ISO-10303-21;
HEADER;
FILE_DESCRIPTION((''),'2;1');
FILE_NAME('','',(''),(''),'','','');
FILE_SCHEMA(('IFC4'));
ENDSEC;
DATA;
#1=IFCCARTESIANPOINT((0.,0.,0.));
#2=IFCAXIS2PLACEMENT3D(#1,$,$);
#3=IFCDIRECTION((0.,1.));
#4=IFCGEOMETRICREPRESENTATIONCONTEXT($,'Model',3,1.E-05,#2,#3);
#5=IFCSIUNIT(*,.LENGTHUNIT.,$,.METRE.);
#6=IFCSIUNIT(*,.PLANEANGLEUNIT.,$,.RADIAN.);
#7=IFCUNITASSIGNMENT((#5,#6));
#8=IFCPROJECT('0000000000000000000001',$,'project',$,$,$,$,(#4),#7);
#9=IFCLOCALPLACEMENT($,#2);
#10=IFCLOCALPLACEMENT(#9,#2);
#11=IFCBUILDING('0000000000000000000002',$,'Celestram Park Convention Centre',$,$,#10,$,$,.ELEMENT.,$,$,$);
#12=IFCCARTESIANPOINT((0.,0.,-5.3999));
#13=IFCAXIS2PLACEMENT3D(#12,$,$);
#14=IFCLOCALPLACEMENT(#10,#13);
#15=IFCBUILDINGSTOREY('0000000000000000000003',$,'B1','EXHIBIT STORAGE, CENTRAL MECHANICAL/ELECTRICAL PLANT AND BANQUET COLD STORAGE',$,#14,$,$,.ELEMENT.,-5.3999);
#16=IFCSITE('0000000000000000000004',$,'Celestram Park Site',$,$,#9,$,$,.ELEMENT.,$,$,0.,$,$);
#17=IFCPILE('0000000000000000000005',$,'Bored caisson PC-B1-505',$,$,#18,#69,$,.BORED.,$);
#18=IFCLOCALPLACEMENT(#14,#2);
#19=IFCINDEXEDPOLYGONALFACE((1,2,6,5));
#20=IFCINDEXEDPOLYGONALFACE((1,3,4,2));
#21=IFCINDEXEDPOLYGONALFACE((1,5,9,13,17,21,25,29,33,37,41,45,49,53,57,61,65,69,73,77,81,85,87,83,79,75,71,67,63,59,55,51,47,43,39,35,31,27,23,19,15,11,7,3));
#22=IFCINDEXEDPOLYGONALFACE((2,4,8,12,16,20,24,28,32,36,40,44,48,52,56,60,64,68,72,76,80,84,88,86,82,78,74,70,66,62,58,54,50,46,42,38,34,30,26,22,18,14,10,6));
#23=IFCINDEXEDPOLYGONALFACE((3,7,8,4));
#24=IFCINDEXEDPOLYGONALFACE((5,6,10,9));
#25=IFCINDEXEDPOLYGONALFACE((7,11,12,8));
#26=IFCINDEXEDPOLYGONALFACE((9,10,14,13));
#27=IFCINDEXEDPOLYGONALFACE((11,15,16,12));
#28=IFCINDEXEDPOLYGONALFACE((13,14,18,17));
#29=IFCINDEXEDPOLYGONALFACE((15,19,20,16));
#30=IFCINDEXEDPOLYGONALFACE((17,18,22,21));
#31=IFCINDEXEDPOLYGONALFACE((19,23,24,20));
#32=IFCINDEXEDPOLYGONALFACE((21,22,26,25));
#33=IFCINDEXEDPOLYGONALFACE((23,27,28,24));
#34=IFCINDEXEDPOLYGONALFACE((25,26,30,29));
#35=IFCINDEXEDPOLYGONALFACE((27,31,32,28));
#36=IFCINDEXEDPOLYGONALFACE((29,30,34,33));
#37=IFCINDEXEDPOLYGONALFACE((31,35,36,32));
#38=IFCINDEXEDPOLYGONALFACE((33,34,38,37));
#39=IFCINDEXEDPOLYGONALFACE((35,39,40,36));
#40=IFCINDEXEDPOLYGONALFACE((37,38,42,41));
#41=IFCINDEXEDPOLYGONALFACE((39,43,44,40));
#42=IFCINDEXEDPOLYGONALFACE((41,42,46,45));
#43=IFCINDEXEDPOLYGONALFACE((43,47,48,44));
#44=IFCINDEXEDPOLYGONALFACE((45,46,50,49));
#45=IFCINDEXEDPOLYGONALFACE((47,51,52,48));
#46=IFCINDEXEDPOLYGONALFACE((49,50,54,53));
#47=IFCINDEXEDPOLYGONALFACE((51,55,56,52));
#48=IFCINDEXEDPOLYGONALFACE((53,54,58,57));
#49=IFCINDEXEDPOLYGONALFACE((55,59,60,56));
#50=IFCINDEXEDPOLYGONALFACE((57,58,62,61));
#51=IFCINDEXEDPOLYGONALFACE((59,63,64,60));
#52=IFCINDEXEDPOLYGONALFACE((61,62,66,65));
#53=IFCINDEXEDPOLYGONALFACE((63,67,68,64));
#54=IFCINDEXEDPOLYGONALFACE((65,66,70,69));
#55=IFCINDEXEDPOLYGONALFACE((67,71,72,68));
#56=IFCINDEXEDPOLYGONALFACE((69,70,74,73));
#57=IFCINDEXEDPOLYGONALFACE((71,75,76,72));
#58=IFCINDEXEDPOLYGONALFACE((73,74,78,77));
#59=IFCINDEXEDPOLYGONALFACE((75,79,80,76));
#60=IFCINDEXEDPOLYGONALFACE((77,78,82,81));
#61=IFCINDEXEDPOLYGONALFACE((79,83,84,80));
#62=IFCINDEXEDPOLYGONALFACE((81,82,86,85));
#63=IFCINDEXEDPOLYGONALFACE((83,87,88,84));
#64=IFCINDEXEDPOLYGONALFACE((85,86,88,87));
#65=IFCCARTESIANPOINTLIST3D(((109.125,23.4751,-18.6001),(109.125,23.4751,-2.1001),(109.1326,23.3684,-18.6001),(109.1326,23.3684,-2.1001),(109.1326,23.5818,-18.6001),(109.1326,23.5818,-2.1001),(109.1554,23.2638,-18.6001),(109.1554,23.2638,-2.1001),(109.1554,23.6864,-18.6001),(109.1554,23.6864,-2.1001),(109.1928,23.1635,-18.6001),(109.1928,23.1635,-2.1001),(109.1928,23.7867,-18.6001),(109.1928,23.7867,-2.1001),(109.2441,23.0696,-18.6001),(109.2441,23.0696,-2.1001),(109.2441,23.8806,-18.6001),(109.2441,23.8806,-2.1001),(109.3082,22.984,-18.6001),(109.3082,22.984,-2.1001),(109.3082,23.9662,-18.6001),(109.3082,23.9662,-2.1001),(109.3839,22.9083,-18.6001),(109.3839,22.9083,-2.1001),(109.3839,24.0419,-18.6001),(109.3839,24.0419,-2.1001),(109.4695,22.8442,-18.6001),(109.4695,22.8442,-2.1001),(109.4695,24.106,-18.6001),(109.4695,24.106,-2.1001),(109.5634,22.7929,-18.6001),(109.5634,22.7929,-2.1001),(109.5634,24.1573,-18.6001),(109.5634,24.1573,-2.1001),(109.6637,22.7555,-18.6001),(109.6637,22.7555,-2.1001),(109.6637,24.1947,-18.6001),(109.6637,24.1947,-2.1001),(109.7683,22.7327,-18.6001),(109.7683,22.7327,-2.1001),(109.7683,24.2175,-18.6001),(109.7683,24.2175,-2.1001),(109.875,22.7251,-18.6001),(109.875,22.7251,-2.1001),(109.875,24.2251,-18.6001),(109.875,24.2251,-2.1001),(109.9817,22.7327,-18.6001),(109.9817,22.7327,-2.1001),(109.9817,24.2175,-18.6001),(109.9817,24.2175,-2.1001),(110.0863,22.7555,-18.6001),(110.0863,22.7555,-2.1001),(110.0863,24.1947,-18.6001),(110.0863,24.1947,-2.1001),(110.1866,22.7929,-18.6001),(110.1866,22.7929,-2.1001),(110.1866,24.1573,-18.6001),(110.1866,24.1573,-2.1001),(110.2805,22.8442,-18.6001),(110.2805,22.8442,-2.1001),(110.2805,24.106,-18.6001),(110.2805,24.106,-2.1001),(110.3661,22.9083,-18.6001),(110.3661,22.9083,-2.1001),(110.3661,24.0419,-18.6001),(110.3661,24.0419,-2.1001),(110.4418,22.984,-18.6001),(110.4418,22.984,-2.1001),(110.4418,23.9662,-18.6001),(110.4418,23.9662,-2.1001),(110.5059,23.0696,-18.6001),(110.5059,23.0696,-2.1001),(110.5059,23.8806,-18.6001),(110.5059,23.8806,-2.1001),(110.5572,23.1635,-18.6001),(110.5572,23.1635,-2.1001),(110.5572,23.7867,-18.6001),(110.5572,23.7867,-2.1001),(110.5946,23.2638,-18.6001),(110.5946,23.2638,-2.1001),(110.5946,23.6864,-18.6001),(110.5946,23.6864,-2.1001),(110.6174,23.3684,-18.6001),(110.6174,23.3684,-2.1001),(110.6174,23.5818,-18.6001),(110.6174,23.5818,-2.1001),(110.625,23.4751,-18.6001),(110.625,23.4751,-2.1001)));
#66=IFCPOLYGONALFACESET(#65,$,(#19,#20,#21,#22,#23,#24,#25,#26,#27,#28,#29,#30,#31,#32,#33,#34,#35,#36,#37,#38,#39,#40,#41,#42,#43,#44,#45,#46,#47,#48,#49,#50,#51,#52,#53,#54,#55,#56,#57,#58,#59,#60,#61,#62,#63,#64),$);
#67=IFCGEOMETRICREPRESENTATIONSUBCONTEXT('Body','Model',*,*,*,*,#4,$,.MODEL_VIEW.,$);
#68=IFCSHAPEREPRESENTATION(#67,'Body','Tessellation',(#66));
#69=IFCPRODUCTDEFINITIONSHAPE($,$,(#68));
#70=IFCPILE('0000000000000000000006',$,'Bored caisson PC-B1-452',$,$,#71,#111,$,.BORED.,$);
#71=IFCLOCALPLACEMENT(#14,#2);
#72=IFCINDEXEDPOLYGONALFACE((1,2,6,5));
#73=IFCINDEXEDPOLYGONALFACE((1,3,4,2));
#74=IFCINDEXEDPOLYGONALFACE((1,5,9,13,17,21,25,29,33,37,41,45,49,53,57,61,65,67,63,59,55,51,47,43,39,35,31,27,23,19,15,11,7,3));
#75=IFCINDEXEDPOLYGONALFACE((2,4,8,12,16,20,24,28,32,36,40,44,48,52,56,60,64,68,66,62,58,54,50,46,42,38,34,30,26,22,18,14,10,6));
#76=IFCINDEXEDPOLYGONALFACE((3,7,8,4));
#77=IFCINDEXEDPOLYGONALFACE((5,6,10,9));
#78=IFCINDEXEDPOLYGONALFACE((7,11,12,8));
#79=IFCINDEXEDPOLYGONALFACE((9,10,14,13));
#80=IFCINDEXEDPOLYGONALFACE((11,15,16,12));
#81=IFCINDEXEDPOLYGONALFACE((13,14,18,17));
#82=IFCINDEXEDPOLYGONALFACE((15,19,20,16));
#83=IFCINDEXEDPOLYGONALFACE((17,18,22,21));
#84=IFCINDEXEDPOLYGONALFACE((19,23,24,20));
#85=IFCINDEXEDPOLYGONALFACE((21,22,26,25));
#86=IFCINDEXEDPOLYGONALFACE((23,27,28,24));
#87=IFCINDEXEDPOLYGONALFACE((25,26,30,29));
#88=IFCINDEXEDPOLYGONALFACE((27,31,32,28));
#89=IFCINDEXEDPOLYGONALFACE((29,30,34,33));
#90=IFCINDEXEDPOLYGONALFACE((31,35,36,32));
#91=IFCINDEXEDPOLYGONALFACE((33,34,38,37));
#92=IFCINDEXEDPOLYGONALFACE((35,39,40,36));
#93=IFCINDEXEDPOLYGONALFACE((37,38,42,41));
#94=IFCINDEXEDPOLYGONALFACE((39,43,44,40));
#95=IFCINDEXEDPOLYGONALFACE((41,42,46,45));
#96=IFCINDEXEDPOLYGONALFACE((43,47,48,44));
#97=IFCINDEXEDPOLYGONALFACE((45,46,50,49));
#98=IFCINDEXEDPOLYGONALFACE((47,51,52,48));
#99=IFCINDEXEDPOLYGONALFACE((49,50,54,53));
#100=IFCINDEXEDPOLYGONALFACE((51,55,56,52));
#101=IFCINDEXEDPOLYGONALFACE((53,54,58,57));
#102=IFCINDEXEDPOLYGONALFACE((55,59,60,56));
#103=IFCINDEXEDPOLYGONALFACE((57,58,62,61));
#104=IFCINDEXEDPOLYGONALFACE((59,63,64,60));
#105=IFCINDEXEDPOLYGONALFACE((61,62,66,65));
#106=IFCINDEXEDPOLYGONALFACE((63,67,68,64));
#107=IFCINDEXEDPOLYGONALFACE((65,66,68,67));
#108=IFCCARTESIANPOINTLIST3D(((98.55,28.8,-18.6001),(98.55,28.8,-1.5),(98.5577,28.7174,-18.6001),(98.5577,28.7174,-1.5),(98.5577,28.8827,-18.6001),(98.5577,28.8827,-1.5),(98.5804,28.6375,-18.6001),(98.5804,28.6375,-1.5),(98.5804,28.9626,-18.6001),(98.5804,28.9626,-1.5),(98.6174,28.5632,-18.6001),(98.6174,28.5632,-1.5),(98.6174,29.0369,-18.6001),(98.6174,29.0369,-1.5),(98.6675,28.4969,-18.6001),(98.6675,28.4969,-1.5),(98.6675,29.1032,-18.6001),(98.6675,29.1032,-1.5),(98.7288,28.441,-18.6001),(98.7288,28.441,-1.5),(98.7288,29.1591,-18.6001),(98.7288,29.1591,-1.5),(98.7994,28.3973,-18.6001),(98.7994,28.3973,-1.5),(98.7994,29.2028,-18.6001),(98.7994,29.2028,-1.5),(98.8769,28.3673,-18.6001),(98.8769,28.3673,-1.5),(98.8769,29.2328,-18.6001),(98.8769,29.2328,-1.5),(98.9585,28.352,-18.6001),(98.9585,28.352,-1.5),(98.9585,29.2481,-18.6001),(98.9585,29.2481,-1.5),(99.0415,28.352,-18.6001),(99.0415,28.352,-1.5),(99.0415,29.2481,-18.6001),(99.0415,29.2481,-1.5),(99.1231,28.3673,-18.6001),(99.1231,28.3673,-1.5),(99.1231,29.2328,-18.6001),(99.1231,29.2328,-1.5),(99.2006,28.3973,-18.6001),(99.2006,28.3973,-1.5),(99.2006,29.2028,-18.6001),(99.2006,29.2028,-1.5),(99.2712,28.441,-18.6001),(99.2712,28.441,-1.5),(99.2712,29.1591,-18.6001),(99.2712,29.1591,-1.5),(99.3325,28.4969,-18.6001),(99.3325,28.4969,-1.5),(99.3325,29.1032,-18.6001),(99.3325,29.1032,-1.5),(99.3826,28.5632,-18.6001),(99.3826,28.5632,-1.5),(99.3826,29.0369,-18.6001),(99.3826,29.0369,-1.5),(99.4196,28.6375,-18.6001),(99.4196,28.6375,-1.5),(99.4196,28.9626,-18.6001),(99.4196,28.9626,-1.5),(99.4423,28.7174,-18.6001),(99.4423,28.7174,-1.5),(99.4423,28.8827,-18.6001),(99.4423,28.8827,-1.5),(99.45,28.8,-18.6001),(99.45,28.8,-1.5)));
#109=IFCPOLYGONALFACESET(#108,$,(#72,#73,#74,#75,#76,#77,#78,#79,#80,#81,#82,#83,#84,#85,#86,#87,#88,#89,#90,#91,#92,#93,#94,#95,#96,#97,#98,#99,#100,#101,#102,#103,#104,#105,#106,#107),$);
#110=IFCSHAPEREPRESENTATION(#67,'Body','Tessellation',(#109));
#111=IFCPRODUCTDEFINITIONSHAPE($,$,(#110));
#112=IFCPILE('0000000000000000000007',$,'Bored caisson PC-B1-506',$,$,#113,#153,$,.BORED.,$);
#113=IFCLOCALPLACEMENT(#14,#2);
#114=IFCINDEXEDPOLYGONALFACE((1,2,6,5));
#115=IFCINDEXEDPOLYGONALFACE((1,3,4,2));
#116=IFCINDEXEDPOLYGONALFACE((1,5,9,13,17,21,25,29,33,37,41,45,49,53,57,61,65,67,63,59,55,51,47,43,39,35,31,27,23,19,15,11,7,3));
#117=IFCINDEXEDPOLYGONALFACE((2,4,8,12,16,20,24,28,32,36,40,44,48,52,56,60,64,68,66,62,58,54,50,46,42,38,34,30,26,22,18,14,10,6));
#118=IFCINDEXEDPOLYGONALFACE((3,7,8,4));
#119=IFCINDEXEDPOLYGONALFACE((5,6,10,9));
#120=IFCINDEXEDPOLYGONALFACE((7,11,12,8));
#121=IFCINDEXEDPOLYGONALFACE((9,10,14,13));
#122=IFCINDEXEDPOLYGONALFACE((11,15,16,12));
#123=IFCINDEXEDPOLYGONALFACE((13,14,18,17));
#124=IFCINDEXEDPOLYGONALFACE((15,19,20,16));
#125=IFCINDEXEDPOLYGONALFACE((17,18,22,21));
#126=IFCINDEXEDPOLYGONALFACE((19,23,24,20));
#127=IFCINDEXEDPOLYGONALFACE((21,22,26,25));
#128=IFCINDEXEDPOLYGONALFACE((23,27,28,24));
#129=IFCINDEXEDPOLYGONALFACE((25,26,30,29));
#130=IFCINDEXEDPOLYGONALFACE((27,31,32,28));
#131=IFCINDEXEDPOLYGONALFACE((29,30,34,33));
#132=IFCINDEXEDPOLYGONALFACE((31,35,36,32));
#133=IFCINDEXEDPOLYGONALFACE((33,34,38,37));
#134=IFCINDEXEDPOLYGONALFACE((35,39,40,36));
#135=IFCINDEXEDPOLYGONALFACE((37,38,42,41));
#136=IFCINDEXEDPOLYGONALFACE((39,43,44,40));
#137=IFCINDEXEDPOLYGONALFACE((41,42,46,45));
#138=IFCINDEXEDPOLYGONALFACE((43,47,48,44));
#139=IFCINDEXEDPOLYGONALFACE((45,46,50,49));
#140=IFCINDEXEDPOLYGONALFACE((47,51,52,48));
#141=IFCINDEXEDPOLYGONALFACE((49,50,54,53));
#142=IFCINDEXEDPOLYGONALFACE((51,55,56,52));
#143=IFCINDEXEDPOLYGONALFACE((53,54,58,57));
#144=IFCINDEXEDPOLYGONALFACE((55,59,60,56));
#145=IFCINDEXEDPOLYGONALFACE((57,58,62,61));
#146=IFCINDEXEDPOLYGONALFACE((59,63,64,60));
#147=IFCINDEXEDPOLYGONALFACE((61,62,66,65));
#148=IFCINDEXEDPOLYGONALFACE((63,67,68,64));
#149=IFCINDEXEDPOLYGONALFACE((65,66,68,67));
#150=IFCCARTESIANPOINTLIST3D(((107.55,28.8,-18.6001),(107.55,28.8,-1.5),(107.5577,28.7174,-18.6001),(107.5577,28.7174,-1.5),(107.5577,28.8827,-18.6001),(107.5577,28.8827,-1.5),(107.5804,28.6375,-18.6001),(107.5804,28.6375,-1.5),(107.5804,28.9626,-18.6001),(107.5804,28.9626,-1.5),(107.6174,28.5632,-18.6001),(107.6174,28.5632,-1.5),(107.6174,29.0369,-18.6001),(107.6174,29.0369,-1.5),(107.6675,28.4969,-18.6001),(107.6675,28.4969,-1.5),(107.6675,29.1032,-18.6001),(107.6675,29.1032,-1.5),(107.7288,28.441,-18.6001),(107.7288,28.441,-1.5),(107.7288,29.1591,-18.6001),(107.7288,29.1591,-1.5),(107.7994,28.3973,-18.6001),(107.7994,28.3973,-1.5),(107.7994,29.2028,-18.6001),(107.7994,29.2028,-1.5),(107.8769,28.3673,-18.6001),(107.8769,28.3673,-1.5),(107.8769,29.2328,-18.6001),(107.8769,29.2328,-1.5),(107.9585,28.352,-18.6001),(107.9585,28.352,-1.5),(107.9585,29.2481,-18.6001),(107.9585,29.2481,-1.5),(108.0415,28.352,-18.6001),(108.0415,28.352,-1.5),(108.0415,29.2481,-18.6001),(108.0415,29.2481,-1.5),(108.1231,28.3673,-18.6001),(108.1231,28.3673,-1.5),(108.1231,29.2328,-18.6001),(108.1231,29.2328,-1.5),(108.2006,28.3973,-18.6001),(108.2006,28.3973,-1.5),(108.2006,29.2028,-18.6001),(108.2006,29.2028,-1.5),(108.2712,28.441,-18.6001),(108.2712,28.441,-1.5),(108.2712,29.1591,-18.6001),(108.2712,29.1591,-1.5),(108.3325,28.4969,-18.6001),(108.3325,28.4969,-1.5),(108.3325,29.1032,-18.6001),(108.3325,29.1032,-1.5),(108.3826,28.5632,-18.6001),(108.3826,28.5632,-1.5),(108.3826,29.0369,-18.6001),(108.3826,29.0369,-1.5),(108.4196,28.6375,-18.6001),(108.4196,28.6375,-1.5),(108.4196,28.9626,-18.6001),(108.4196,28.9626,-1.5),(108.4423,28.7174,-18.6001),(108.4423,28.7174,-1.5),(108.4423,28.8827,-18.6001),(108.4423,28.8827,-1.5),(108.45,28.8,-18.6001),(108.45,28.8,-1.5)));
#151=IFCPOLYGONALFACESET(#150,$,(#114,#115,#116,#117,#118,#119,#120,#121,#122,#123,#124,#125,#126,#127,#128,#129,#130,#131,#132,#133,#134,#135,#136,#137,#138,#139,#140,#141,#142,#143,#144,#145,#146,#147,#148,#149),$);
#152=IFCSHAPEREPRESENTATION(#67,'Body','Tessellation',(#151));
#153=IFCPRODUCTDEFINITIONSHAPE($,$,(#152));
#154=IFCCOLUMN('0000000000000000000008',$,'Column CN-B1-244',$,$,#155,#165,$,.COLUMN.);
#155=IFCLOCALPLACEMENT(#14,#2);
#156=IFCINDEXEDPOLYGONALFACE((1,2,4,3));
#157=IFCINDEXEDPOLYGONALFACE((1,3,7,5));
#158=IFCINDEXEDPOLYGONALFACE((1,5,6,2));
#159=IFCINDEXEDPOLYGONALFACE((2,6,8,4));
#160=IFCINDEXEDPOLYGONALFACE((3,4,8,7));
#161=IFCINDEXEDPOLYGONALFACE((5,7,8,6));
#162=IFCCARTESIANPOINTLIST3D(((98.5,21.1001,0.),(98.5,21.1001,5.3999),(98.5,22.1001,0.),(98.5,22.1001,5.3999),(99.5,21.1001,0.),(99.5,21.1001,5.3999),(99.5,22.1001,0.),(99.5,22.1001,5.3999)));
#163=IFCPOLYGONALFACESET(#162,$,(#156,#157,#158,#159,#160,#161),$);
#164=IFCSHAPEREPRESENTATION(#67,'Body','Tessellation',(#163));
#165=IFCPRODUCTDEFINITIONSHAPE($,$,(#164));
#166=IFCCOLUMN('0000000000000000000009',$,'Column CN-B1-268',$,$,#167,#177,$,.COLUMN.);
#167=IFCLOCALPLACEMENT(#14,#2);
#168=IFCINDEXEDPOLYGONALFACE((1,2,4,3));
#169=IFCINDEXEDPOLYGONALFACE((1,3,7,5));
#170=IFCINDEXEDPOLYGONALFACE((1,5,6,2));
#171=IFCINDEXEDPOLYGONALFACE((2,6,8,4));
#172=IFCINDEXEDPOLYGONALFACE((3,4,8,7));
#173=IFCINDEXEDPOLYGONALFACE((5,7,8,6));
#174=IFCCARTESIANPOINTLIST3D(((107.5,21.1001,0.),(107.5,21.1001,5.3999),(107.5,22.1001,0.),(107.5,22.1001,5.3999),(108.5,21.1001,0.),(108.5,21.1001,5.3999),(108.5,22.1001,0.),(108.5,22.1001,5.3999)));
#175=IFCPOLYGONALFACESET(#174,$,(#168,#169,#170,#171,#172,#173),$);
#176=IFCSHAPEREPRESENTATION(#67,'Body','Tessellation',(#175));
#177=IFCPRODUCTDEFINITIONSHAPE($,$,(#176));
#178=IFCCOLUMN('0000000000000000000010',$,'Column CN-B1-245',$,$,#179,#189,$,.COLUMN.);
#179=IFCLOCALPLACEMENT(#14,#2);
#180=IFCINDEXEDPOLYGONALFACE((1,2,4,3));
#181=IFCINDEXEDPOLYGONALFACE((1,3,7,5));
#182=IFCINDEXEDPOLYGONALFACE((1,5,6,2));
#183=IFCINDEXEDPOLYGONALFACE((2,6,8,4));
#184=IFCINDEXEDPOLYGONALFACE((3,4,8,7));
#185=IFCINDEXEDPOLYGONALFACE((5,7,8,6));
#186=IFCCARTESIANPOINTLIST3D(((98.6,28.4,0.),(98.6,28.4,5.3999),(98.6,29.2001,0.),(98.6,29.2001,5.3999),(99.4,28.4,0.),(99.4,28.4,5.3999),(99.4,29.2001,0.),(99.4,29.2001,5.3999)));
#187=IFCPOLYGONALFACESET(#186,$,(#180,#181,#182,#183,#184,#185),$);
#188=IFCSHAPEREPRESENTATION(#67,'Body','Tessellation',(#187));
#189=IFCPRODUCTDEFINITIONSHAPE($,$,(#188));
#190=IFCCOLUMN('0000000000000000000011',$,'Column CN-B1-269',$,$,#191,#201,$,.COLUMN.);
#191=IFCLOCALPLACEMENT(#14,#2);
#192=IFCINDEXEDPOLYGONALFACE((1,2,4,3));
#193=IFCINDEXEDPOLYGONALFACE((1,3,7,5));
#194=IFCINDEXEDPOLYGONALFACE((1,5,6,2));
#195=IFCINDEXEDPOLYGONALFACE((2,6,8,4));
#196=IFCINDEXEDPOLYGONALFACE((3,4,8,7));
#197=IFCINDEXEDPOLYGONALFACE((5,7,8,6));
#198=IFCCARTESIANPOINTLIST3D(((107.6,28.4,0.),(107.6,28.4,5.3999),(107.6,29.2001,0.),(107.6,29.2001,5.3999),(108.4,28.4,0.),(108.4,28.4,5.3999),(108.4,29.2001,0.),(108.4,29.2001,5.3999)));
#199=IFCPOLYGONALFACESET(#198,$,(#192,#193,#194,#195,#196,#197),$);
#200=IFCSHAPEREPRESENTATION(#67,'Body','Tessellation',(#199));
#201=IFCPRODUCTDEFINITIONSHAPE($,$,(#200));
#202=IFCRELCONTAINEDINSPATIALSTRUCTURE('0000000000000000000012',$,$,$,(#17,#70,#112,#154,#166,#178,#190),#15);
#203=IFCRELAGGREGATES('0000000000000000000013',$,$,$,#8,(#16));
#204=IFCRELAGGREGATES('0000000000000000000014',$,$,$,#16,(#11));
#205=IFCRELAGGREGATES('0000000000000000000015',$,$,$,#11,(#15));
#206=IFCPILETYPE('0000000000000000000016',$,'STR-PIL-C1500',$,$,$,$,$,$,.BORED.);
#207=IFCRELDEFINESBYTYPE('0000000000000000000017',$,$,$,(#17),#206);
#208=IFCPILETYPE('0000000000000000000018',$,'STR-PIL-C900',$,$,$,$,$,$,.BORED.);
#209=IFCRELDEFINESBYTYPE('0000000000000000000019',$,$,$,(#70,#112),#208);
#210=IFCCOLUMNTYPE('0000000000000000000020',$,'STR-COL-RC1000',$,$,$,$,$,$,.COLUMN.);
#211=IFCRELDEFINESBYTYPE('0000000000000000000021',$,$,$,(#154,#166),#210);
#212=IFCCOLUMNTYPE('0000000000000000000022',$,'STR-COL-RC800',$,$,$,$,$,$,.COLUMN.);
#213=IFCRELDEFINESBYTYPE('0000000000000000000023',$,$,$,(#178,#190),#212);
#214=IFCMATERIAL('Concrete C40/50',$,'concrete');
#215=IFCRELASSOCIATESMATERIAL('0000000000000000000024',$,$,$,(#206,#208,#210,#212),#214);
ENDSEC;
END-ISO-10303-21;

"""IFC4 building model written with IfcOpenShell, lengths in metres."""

from ifc_helpers import new_model, si_unit, direction, frame, origin, origin_2d, place, context, subcontext, project, spatial, rectangle, circle, extrude, material, material_profile, profile_set, type_object, element, save


model = new_model("IFC4")

# Units and contexts
model_context = context("Model", 3, precision=1e-05, world=origin(), true_north=direction((0.0, 1.0)))
body_context = subcontext(model_context, "Body", "Model", "MODEL_VIEW")
ifc_project = project(units=[si_unit("LENGTHUNIT", "METRE"), si_unit("PLANEANGLEUNIT", "RADIAN")], contexts=[model_context])

# Site, building, storey
site_placement = place(None, origin())
site = spatial("IfcSite", under=ifc_project, at=site_placement, Name="Celestram Park Site", CompositionType="ELEMENT", RefElevation=0.0)
building_placement = place(site_placement, origin())
building = spatial("IfcBuilding", under=site, at=building_placement, Name="Celestram Park Convention Centre", CompositionType="ELEMENT")
storey_placement = place(building_placement, frame((0.0, 0.0, -5.3999)))
storey = spatial("IfcBuildingStorey", under=building, at=storey_placement, Name="B1", Description="EXHIBIT STORAGE, CENTRAL MECHANICAL/ELECTRICAL PLANT AND BANQUET COLD STORAGE", CompositionType="ELEMENT", Elevation=-5.3999)

# Shared definitions
ifc_material_1 = material(Name="Concrete C40/50", Category="concrete")

# Piles
ifc_material_profile_1 = material_profile(ifc_material_1, circle(Radius=0.75, at=origin_2d()), Name="CAISSON1500")
ifc_profile_set_1 = profile_set([ifc_material_profile_1], Name="Concrete C40/50")
pile_type_1 = type_object("IfcPileType", Name="STR-PIL-C1500", PredefinedType="BORED", material=ifc_profile_set_1)
for number, where, z_axis, x_axis, name in (
    (1, (109.875, 23.4751, -2.1001), (0.0, 0.0, -1.0), (1.0, 0.0, 0.0), "Bored caisson PC-B1-505"),
):
    element("IfcPile", number, at=place(storey_placement, frame(where, z_axis=z_axis, x_axis=x_axis)), inside=storey, type_object=pile_type_1, Name=name, PredefinedType="BORED", context=body_context, shape_type="SweptSolid", body=[
        extrude(circle(Radius=0.75, at=origin_2d()), origin(), (0.0, 0.0, 1.0), 16.5),
    ])
ifc_material_profile_2 = material_profile(ifc_material_1, circle(Radius=0.45, at=origin_2d()), Name="CAISSON900")
ifc_profile_set_2 = profile_set([ifc_material_profile_2], Name="Concrete C40/50")
pile_type_2 = type_object("IfcPileType", Name="STR-PIL-C900", PredefinedType="BORED", material=ifc_profile_set_2)
for number, where, z_axis, x_axis, name in (
    (2, (99.0, 28.8, -1.5), (0.0, 0.0, -1.0), (1.0, 0.0, 0.0), "Bored caisson PC-B1-452"),
    (3, (108.0, 28.8, -1.5), (0.0, 0.0, -1.0), (1.0, 0.0, 0.0), "Bored caisson PC-B1-506"),
):
    element("IfcPile", number, at=place(storey_placement, frame(where, z_axis=z_axis, x_axis=x_axis)), inside=storey, type_object=pile_type_2, Name=name, PredefinedType="BORED", context=body_context, shape_type="SweptSolid", body=[
        extrude(circle(Radius=0.45, at=origin_2d()), origin(), (0.0, 0.0, 1.0), 17.1001),
    ])

# Columns
ifc_material_profile_3 = material_profile(ifc_material_1, rectangle(XDim=1.0, YDim=1.0, at=origin_2d()), Name="RC1000X1000")
ifc_profile_set_3 = profile_set([ifc_material_profile_3], Name="Concrete C40/50")
column_type_1 = type_object("IfcColumnType", Name="STR-COL-RC1000", PredefinedType="COLUMN", material=ifc_profile_set_3)
for number, where, z_axis, x_axis, name in (
    (4, (99.0, 21.6001, 0.0), (0.0, 0.0, 1.0), (1.0, 0.0, 0.0), "Column CN-B1-244"),
    (5, (108.0, 21.6001, 0.0), (0.0, 0.0, 1.0), (1.0, 0.0, 0.0), "Column CN-B1-268"),
):
    element("IfcColumn", number, at=place(storey_placement, frame(where, z_axis=z_axis, x_axis=x_axis)), inside=storey, type_object=column_type_1, Name=name, PredefinedType="COLUMN", context=body_context, shape_type="SweptSolid", body=[
        extrude(rectangle(XDim=1.0, YDim=1.0, at=origin_2d()), origin(), (0.0, 0.0, 1.0), 5.3999),
    ])
ifc_material_profile_4 = material_profile(ifc_material_1, rectangle(XDim=0.8, YDim=0.8, at=origin_2d()), Name="RC800X800")
ifc_profile_set_4 = profile_set([ifc_material_profile_4], Name="Concrete C40/50")
column_type_2 = type_object("IfcColumnType", Name="STR-COL-RC800", PredefinedType="COLUMN", material=ifc_profile_set_4)
for number, where, z_axis, x_axis, name in (
    (6, (99.0, 28.8, 0.0), (0.0, 0.0, 1.0), (1.0, 0.0, 0.0), "Column CN-B1-245"),
    (7, (108.0, 28.8, 0.0), (0.0, 0.0, 1.0), (1.0, 0.0, 0.0), "Column CN-B1-269"),
):
    element("IfcColumn", number, at=place(storey_placement, frame(where, z_axis=z_axis, x_axis=x_axis)), inside=storey, type_object=column_type_2, Name=name, PredefinedType="COLUMN", context=body_context, shape_type="SweptSolid", body=[
        extrude(rectangle(XDim=0.8, YDim=0.8, at=origin_2d()), origin(), (0.0, 0.0, 1.0), 5.3999),
    ])

save(model, "model.ifc")
